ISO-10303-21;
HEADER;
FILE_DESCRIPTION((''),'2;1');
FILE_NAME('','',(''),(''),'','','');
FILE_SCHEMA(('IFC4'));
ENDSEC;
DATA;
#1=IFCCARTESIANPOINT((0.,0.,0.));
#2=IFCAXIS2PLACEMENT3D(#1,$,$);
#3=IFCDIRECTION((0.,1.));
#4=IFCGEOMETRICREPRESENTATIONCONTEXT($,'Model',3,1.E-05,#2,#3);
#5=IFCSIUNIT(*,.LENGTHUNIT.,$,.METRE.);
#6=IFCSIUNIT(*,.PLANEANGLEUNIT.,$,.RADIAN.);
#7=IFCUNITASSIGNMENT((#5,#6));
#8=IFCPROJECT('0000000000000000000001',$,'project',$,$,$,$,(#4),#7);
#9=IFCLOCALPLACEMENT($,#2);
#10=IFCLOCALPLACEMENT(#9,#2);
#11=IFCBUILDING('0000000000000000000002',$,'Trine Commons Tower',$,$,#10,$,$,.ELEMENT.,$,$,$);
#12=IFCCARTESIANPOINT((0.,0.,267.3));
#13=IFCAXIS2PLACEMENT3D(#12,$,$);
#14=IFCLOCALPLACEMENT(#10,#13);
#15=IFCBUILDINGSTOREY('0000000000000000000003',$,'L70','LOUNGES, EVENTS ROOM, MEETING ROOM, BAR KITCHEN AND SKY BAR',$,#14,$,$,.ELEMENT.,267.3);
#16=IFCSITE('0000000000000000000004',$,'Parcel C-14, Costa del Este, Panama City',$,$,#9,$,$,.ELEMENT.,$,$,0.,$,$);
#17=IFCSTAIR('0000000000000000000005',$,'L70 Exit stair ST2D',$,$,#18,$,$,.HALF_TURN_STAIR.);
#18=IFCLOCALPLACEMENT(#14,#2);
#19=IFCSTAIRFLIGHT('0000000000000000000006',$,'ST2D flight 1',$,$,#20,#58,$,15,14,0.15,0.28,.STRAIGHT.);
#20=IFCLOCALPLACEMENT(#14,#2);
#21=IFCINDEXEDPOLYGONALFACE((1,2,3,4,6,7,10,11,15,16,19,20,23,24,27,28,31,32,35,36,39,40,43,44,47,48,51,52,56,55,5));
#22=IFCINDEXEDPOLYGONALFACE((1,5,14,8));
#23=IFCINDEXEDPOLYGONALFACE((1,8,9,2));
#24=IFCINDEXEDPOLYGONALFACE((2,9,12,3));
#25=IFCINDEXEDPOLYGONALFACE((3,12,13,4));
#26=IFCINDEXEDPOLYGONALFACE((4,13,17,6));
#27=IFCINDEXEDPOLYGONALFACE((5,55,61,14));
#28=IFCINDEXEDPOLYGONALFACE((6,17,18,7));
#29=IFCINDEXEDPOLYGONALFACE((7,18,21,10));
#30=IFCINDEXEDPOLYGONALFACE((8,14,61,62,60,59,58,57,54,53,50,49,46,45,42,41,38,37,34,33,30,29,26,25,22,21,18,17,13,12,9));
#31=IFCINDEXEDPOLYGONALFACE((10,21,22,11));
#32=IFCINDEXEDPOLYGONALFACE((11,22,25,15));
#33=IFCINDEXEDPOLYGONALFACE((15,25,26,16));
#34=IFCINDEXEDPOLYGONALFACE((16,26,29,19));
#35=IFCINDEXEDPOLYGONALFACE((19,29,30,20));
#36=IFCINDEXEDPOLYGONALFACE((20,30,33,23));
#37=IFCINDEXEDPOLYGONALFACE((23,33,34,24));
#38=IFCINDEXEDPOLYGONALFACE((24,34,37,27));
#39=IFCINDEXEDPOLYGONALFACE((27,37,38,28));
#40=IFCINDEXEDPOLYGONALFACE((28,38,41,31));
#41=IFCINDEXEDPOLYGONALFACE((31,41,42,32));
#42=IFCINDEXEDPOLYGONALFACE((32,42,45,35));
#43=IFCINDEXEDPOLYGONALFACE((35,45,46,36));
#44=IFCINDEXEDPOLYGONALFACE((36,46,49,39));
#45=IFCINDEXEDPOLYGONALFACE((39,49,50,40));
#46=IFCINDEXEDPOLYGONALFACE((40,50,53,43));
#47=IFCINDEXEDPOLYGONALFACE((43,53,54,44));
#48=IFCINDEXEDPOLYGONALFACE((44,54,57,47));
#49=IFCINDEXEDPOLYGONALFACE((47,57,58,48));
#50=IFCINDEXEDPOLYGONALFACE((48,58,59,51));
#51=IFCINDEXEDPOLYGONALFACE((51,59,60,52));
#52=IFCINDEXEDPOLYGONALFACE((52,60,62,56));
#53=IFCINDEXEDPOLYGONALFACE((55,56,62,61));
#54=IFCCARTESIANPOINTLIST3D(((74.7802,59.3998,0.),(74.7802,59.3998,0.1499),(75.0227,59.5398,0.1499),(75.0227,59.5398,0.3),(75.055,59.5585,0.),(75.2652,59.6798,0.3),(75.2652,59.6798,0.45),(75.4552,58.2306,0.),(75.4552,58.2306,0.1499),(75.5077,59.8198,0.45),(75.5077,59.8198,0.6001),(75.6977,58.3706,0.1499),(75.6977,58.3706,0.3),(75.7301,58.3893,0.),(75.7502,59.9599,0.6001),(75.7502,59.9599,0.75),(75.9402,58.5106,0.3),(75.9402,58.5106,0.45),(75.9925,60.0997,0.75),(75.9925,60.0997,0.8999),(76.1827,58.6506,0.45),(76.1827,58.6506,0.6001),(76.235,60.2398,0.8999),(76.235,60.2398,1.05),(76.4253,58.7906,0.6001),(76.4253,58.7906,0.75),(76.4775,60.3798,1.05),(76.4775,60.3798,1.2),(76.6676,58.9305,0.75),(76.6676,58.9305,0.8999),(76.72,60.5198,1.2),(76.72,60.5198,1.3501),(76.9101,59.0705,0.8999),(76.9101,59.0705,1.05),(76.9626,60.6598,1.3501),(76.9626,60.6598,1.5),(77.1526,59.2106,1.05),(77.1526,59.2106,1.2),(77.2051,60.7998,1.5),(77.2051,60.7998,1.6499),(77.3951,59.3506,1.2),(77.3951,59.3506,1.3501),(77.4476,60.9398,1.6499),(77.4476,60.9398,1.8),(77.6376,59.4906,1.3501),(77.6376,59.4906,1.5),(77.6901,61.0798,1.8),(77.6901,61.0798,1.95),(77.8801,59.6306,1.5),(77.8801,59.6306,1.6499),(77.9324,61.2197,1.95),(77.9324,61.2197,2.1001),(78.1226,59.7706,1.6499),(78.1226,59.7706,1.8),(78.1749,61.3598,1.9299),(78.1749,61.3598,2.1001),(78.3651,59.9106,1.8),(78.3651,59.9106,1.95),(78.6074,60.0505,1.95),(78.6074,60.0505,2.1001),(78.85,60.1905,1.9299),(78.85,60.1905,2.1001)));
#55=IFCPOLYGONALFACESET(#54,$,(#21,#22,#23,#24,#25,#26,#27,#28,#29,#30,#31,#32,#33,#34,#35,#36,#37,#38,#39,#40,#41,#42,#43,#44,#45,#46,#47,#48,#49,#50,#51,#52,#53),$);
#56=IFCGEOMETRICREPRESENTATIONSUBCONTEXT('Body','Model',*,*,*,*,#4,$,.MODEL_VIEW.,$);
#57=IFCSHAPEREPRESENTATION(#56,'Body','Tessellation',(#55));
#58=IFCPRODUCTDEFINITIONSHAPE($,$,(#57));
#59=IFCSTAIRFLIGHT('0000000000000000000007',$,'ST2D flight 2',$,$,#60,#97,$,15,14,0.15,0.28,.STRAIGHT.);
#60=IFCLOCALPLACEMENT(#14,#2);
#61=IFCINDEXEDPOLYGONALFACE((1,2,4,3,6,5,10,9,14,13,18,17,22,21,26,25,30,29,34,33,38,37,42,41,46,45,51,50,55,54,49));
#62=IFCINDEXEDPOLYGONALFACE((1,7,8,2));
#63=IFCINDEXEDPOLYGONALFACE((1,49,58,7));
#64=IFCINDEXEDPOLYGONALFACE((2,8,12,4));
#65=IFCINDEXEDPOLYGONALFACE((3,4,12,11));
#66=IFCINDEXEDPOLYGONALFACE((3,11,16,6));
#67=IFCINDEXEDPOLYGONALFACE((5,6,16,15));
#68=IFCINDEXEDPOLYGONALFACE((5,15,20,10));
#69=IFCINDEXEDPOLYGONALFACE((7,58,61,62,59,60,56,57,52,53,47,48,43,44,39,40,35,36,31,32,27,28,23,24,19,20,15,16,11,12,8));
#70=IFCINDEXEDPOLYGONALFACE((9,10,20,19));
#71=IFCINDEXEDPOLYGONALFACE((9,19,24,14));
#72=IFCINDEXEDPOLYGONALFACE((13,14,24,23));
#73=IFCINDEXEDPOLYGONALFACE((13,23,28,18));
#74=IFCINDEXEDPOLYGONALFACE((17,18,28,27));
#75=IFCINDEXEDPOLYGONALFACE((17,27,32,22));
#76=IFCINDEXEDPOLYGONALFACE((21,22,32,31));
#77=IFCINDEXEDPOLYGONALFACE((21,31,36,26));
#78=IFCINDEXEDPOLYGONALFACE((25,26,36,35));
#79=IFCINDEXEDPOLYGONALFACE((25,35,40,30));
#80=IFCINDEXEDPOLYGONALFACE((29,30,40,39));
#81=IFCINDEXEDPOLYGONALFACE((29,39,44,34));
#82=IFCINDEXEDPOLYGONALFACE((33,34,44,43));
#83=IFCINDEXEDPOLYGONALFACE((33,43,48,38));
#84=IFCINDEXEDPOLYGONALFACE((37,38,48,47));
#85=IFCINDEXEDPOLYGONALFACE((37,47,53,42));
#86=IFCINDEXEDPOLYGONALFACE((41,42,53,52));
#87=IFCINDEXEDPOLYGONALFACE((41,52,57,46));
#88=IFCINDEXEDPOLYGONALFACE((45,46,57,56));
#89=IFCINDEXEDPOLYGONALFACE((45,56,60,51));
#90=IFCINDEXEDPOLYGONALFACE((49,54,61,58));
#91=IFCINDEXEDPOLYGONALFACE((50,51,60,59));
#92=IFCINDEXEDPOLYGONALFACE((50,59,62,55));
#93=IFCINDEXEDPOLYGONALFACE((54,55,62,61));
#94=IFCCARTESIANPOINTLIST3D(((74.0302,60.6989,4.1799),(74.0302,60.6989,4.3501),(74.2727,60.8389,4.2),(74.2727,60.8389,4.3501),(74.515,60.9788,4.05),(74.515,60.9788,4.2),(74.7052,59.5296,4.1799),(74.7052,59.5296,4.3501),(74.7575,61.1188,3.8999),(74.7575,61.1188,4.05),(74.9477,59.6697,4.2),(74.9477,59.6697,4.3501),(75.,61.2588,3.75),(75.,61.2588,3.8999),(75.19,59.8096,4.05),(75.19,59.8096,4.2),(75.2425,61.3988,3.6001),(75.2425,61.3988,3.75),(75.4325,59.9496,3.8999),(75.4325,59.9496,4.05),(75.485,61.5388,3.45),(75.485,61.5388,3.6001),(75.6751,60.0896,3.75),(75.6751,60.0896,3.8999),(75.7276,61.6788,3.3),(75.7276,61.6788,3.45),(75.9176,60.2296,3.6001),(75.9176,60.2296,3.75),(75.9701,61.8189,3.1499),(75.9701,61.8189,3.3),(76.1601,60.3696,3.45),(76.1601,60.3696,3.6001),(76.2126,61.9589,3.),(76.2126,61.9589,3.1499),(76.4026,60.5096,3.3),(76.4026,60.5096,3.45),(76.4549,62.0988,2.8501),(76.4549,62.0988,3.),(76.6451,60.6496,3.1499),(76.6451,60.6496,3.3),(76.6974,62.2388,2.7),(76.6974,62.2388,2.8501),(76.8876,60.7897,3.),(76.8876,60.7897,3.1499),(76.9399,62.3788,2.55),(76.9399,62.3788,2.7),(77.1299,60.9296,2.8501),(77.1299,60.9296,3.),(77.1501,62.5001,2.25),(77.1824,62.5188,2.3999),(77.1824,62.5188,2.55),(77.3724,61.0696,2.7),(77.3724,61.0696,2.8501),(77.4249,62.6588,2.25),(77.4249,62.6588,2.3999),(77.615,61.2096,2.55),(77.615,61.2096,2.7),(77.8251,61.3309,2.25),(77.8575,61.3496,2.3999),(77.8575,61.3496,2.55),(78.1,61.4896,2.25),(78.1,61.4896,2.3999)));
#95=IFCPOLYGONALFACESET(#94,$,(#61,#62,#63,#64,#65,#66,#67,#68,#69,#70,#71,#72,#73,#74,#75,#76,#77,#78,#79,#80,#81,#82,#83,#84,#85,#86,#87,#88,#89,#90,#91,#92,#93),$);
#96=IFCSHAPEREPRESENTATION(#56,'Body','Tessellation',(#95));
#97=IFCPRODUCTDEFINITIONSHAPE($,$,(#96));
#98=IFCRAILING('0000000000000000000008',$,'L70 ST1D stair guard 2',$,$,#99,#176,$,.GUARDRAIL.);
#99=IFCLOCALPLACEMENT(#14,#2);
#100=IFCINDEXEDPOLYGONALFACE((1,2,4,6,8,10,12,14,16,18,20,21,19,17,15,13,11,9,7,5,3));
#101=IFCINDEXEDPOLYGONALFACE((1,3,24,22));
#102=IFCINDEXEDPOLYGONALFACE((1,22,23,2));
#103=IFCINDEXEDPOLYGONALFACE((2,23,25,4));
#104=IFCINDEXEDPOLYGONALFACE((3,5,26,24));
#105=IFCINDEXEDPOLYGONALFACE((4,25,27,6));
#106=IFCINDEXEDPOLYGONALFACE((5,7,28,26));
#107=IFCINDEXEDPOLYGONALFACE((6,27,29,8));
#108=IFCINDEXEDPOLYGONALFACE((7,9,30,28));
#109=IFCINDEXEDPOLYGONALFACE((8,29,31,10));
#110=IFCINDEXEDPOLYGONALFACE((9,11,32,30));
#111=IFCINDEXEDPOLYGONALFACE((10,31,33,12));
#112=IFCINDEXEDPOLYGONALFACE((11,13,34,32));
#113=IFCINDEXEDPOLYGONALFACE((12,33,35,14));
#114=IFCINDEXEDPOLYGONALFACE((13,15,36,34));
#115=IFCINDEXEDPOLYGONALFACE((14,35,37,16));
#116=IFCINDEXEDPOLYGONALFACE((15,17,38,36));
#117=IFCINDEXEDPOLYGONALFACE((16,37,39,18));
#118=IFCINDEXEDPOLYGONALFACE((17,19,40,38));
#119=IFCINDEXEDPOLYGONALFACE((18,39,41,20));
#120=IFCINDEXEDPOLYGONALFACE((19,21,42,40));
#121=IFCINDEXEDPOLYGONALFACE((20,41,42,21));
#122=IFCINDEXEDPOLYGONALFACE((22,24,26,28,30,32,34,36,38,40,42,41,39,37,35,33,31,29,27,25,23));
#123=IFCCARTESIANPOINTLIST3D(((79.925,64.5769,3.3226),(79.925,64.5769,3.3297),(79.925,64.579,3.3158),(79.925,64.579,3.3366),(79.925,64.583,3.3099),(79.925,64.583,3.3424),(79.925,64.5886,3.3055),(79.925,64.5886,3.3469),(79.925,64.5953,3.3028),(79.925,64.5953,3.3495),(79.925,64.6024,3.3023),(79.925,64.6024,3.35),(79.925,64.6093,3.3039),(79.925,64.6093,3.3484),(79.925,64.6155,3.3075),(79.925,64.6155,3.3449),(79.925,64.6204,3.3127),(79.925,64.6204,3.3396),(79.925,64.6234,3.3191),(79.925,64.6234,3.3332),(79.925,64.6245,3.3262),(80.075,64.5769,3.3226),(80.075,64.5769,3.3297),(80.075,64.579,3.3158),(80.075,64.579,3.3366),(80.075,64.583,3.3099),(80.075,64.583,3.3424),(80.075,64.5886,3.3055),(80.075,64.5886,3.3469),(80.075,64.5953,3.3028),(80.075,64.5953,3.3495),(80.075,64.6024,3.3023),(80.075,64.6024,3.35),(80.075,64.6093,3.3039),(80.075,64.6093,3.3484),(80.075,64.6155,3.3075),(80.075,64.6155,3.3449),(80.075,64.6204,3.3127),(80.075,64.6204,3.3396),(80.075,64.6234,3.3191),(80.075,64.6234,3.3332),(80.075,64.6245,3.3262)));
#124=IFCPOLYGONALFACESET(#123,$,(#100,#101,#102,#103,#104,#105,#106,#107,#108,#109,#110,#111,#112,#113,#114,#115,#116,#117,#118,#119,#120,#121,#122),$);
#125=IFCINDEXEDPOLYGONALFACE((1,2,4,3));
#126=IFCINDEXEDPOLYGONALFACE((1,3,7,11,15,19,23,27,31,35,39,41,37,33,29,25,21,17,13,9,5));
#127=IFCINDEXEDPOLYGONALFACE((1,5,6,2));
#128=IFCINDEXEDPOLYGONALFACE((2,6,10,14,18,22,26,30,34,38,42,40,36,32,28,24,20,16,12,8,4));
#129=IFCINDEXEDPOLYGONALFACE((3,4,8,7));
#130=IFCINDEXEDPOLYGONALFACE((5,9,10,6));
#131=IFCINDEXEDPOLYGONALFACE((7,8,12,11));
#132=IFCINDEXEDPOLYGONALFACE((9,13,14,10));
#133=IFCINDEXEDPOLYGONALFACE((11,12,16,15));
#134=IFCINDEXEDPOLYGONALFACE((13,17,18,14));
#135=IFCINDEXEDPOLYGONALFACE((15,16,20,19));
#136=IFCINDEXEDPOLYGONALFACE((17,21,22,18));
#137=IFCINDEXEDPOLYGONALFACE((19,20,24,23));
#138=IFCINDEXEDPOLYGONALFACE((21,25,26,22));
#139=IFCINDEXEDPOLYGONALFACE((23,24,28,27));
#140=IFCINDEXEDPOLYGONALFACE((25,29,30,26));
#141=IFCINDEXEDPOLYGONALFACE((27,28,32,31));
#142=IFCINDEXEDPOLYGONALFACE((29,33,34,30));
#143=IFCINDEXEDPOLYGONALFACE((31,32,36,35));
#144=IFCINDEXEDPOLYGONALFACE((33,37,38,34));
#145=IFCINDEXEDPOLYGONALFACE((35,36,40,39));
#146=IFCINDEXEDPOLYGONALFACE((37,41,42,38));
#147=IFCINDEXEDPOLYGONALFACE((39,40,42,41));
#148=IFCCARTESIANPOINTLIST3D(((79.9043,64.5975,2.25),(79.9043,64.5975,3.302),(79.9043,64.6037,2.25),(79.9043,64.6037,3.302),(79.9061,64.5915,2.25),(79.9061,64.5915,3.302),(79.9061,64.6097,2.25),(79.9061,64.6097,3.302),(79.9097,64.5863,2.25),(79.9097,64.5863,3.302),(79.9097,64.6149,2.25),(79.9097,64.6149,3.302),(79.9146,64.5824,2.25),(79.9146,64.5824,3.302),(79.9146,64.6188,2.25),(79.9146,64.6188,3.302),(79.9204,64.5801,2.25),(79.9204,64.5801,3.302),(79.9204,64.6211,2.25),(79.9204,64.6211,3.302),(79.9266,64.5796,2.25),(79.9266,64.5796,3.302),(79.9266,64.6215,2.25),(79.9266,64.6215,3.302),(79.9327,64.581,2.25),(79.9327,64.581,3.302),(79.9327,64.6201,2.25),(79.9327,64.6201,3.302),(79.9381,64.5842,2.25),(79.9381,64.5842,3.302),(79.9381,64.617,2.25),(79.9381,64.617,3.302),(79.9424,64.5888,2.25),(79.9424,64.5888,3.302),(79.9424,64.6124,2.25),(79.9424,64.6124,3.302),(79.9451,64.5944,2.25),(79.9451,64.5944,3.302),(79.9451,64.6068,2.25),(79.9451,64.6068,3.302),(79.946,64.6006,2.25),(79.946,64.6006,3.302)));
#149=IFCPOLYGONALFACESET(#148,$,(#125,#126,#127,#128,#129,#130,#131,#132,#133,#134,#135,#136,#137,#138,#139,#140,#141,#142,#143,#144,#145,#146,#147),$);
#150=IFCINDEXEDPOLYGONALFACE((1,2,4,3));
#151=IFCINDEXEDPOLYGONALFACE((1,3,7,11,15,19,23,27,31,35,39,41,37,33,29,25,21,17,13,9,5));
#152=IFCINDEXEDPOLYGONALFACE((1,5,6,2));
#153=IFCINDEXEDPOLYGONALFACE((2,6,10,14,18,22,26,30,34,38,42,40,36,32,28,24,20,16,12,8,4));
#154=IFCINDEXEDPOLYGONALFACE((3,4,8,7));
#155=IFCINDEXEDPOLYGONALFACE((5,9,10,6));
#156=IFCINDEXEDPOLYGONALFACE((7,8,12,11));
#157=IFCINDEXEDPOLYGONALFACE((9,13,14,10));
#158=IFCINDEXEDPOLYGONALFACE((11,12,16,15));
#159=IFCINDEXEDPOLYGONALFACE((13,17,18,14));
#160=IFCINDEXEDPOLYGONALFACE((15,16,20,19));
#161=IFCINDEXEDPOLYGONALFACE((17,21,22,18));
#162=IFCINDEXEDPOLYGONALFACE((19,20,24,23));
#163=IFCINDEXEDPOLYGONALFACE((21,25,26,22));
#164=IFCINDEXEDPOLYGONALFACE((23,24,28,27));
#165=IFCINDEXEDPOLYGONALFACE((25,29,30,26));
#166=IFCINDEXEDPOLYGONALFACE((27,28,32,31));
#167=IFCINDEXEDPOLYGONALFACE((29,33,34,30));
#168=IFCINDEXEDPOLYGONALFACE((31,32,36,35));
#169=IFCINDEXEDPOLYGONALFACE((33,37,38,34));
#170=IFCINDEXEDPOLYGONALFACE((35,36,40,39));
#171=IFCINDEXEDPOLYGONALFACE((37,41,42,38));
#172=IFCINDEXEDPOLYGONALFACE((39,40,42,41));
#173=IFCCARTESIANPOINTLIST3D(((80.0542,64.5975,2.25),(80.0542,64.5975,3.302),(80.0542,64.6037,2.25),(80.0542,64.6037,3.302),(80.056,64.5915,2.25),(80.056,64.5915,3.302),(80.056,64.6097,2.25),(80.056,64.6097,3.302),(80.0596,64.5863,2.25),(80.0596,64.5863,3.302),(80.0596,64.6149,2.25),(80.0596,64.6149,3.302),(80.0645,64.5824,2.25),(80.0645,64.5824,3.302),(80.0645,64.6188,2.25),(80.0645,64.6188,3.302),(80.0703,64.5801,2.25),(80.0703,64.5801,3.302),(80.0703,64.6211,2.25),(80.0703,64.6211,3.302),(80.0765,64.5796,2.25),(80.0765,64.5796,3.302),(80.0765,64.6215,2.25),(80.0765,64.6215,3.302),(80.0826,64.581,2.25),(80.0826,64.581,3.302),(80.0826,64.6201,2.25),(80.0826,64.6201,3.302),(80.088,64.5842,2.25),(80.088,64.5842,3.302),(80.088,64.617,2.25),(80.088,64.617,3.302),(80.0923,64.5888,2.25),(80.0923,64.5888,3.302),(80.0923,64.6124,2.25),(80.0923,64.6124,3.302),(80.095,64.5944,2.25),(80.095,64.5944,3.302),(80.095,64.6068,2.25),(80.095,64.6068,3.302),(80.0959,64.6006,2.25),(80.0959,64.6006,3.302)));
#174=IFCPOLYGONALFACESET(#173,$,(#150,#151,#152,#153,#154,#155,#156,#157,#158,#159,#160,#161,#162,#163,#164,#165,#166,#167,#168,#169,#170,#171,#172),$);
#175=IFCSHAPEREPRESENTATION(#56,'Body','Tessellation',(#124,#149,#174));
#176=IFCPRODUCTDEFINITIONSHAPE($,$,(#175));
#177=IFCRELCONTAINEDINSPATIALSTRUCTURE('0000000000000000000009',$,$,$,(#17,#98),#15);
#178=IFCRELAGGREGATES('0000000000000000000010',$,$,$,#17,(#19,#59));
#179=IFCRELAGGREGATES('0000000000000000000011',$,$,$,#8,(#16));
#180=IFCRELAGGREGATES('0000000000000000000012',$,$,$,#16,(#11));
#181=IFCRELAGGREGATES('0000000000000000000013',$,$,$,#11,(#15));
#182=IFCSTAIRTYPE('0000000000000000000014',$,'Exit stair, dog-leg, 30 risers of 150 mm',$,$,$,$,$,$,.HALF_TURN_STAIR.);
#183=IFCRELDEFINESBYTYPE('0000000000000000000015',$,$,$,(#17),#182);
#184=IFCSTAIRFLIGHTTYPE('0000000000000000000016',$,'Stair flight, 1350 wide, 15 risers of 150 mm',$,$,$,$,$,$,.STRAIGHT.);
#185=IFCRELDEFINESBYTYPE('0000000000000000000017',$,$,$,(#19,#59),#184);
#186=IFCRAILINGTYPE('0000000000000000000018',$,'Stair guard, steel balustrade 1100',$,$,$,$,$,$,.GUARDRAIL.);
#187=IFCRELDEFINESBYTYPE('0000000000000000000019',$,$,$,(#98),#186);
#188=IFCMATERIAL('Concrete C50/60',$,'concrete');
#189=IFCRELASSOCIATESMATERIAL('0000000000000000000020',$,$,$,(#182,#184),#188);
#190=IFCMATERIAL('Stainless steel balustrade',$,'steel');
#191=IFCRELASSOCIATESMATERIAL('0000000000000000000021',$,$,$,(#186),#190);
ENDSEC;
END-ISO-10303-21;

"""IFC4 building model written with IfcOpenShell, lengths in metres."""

from ifc_helpers import new_model, si_unit, direction, frame, origin, origin_2d, place, context, subcontext, project, spatial, polyline, circle, outline, extrude, material, type_object, element, aggregate, save


model = new_model("IFC4")

# Units and contexts
model_context = context("Model", 3, precision=1e-05, world=origin(), true_north=direction((0.0, 1.0)))
body_context = subcontext(model_context, "Body", "Model", "MODEL_VIEW")
ifc_project = project(units=[si_unit("LENGTHUNIT", "METRE"), si_unit("PLANEANGLEUNIT", "RADIAN")], contexts=[model_context])

# Site, building, storey
site_placement = place(None, origin())
site = spatial("IfcSite", under=ifc_project, at=site_placement, Name="Parcel C-14, Costa del Este, Panama City", CompositionType="ELEMENT", RefElevation=0.0)
building_placement = place(site_placement, origin())
building = spatial("IfcBuilding", under=site, at=building_placement, Name="Trine Commons Tower", CompositionType="ELEMENT")
storey_placement = place(building_placement, frame((0.0, 0.0, 267.3)))
storey = spatial("IfcBuildingStorey", under=building, at=storey_placement, Name="L70", Description="LOUNGES, EVENTS ROOM, MEETING ROOM, BAR KITCHEN AND SKY BAR", CompositionType="ELEMENT", Elevation=267.3)

# Shared definitions
ifc_material_1 = material(Name="Concrete C50/60", Category="concrete")

# Stair, stair flights
stair_type = type_object("IfcStairType", Name="Exit stair, dog-leg, 30 risers of 150 mm", PredefinedType="HALF_TURN_STAIR", material=ifc_material_1)
stair_placement = place(storey_placement, origin())
stair = element("IfcStair", 1, at=stair_placement, inside=storey, type_object=stair_type, Name="L70 Exit stair ST2D", PredefinedType="HALF_TURN_STAIR")
stair_flight_type = type_object("IfcStairFlightType", Name="Stair flight, 1350 wide, 15 risers of 150 mm", PredefinedType="STRAIGHT", material=ifc_material_1)
stair_flight_1_placement = place(storey_placement, frame((75.1177, 58.8152, 0.0), z_axis=(0.0, 0.0, 1.0), x_axis=(0.866025, 0.5, 0.0)))
stair_flight_1 = element("IfcStairFlight", 2, at=stair_flight_1_placement, type_object=stair_flight_type, Name="ST2D flight 1", NumberOfRisers=15, NumberOfTreads=14, PredefinedType="STRAIGHT", RiserHeight=0.15, TreadLength=0.28, context=body_context, shape_type="SweptSolid", body=[
    extrude(outline(polyline([(0.0, 0.0), (0.0, 0.1499), (0.28, 0.1499), (0.28, 0.3), (0.5601, 0.3), (0.5601, 0.45), (0.8401, 0.45), (0.8401, 0.6001), (1.1201, 0.6001), (1.1201, 0.75), (1.3999, 0.75), (1.3999, 0.8999), (1.6799, 0.8999), (1.6799, 1.05), (1.96, 1.05), (1.96, 1.2), (2.24, 1.2), (2.24, 1.3501), (2.52, 1.3501), (2.52, 1.5), (2.8, 1.5), (2.8, 1.6499), (3.0801, 1.6499), (3.0801, 1.8), (3.3601, 1.8), (3.3601, 1.95), (3.6399, 1.95), (3.6399, 2.1001), (3.9199, 2.1001), (3.9199, 2.25), (3.9199, 1.9299), (0.3174, 0.0), (0.0, 0.0)])), frame((0.0, 0.675, 0.0), z_axis=(0.0, -1.0, 0.0), x_axis=(1.0, 0.0, 0.0)), (0.0, 0.0, 1.0), 1.3501),
])
stair_flight_2_placement = place(storey_placement, frame((77.7625, 62.0742, 2.25), z_axis=(0.0, 0.0, 1.0), x_axis=(-0.866025, -0.5, 0.0)))
stair_flight_2 = element("IfcStairFlight", 3, at=stair_flight_2_placement, type_object=stair_flight_type, Name="ST2D flight 2", NumberOfRisers=15, NumberOfTreads=14, PredefinedType="STRAIGHT", RiserHeight=0.15, TreadLength=0.28, context=body_context, shape_type="SweptSolid", body=[
    extrude(outline(polyline([(0.0, 0.0), (0.0, 0.1499), (0.28, 0.1499), (0.28, 0.3), (0.5601, 0.3), (0.5601, 0.45), (0.8401, 0.45), (0.8401, 0.6001), (1.1201, 0.6001), (1.1201, 0.75), (1.3999, 0.75), (1.3999, 0.8999), (1.6799, 0.8999), (1.6799, 1.05), (1.96, 1.05), (1.96, 1.2), (2.24, 1.2), (2.24, 1.3501), (2.52, 1.3501), (2.52, 1.5), (2.8, 1.5), (2.8, 1.6499), (3.0801, 1.6499), (3.0801, 1.8), (3.3601, 1.8), (3.3601, 1.95), (3.6399, 1.95), (3.6399, 2.1001), (3.9199, 2.1001), (3.9199, 2.25), (3.9199, 1.9299), (0.3174, 0.0), (0.0, 0.0)])), frame((0.0, 0.675, 0.0), z_axis=(0.0, -1.0, 0.0), x_axis=(1.0, 0.0, 0.0)), (0.0, 0.0, 1.0), 1.3501),
])
aggregate(stair, [stair_flight_1, stair_flight_2])

# Railing
ifc_material_2 = material(Name="Stainless steel balustrade", Category="steel")
railing_type_1 = type_object("IfcRailingType", Name="Stair guard, steel balustrade 1100", PredefinedType="GUARDRAIL", material=ifc_material_2)
railing_1_placement = place(storey_placement, frame((79.925, 64.6006, 2.25)))
element("IfcRailing", 4, at=railing_1_placement, inside=storey, type_object=railing_type_1, Name="L70 ST1D stair guard 2", PredefinedType="GUARDRAIL", context=body_context, shape_type="SweptSolid", body=[
    extrude(circle(Radius=0.0239, at=origin_2d()), frame((0.0, 0.0, 1.0762), z_axis=(1.0, 0.0, 0.0), x_axis=(0.0, 1.0, 0.0)), (0.0, 0.0, 1.0), 0.1499),
    extrude(circle(Radius=0.021, at=origin_2d()), origin(), (0.0, 0.0, 1.0), 1.052),
    extrude(circle(Radius=0.021, at=origin_2d()), frame((0.1499, 0.0, 0.0)), (0.0, 0.0, 1.0), 1.052),
])

save(model, "model.ifc")
